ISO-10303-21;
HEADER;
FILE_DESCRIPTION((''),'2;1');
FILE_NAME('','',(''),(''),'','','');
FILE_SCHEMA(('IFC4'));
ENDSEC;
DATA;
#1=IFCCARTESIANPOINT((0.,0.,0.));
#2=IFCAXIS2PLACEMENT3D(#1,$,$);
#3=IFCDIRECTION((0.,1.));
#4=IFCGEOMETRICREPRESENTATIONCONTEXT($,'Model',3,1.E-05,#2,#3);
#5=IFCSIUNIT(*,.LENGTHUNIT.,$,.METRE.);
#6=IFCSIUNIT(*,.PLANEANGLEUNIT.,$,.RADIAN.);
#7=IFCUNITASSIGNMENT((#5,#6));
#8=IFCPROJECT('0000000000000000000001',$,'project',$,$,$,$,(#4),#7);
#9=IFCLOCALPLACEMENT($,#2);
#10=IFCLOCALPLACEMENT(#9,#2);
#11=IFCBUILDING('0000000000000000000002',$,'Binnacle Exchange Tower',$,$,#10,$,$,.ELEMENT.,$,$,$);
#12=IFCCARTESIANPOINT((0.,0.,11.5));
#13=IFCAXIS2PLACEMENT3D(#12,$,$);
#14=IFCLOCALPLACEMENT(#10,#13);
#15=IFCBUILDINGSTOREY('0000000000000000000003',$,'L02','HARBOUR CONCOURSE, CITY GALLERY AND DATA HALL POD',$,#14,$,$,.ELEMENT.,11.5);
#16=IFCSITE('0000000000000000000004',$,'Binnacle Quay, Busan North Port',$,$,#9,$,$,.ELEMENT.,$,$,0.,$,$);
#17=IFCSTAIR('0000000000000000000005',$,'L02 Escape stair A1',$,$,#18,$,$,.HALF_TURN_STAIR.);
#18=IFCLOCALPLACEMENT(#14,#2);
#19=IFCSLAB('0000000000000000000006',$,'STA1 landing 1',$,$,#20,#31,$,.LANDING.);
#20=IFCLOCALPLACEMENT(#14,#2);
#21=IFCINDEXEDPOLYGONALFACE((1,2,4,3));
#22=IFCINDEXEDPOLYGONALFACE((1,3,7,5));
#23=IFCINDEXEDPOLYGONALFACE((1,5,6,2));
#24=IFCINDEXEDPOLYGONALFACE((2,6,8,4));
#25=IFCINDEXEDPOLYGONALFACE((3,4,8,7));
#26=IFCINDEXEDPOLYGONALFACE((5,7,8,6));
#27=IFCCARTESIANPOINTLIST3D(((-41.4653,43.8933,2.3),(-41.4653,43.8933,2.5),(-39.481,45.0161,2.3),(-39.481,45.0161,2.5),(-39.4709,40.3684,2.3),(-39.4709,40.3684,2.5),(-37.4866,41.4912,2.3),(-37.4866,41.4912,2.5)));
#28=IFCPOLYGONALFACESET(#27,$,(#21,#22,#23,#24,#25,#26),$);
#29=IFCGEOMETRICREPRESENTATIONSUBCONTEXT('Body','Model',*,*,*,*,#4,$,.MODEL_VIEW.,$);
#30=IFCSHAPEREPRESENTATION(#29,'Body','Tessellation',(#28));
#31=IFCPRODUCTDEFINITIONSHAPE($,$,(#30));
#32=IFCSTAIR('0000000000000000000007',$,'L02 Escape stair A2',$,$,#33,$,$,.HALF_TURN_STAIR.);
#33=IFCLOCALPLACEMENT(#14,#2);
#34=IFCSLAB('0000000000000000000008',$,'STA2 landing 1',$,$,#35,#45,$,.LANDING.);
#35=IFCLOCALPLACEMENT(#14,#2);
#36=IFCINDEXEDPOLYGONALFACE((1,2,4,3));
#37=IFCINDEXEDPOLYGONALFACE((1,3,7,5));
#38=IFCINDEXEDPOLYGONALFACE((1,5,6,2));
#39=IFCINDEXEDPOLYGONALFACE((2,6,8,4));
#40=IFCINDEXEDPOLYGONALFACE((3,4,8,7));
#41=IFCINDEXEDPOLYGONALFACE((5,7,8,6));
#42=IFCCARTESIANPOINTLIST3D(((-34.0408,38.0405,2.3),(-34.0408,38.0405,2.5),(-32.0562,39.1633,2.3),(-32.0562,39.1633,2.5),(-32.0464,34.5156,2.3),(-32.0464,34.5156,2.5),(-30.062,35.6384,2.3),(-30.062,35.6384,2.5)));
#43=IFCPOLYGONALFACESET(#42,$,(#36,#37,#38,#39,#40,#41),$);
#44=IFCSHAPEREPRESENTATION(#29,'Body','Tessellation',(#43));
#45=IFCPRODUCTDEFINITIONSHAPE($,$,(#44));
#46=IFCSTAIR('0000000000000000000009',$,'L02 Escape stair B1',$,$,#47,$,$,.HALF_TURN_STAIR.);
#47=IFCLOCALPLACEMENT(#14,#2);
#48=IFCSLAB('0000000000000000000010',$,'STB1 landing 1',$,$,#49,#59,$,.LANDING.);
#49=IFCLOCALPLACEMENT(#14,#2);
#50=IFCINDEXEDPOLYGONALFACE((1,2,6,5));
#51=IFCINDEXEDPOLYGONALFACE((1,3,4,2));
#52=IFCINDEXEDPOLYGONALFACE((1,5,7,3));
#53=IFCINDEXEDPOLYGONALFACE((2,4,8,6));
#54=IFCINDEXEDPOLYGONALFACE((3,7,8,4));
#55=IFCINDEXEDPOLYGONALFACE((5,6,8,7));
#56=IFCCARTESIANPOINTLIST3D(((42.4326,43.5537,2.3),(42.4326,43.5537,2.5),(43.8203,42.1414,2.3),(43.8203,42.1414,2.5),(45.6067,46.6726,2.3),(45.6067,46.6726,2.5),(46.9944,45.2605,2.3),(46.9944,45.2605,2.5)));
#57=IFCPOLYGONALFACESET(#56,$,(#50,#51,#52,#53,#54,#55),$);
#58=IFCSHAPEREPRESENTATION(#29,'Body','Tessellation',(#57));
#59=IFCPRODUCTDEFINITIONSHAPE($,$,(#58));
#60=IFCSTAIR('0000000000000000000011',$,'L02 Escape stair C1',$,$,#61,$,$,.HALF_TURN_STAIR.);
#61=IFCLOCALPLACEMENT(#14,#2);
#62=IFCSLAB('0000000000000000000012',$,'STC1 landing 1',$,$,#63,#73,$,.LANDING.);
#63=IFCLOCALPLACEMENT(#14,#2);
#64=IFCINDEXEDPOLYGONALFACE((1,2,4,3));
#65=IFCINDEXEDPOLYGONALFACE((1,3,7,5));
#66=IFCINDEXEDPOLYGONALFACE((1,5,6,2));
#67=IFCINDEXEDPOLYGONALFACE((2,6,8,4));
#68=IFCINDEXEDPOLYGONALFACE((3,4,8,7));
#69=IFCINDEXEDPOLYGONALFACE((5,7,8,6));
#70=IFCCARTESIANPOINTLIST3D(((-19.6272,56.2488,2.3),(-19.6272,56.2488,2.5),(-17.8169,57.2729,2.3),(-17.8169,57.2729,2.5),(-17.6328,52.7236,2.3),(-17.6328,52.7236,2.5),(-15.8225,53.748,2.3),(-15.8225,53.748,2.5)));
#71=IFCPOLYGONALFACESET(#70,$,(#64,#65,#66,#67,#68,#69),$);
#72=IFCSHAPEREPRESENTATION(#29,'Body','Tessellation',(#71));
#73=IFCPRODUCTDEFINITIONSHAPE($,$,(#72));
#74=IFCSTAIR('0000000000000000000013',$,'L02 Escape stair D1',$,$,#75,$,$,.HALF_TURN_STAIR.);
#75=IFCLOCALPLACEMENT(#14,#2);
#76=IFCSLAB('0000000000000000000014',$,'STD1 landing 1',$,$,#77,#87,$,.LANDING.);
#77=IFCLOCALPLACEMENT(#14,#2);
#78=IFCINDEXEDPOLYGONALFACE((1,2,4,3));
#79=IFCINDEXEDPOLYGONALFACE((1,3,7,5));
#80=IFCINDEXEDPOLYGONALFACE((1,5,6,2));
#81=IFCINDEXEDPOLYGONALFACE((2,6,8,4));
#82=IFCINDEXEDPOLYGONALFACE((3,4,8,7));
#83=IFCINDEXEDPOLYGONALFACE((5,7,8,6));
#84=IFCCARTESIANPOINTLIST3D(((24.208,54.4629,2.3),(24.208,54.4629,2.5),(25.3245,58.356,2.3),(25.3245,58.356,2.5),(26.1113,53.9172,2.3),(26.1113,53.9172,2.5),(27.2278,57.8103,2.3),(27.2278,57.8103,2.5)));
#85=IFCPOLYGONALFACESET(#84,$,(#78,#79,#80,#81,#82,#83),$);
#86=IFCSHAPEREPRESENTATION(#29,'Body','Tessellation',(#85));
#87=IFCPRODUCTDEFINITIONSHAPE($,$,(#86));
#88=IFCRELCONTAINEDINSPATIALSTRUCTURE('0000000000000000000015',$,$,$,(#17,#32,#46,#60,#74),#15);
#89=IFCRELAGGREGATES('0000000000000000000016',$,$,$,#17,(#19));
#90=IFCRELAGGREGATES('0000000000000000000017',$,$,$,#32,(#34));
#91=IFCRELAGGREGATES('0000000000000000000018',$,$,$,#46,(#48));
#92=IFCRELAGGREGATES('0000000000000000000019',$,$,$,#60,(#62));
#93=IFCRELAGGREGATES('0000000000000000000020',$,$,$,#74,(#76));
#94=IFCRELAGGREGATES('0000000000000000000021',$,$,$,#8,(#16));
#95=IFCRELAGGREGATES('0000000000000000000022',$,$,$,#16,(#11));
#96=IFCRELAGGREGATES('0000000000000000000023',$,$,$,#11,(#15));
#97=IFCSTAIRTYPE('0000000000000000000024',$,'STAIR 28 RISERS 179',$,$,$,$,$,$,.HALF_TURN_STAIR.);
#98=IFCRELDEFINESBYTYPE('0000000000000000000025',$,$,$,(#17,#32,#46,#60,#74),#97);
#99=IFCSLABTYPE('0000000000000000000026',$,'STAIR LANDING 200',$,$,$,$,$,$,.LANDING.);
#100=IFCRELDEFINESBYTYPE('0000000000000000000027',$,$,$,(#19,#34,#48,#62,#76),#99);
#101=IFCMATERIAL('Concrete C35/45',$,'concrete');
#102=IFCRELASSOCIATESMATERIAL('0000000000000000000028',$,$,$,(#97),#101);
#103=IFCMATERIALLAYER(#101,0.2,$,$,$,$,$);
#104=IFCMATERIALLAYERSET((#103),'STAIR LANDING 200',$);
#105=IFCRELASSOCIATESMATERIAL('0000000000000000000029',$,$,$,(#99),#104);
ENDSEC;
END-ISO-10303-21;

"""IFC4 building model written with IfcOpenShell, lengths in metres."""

from ifc_helpers import new_model, si_unit, direction, frame, origin, place, context, subcontext, project, spatial, polyline, outline, extrude, material, layer, layer_set, type_object, element, aggregate, save


model = new_model("IFC4")

# Units and contexts
model_context = context("Model", 3, precision=1e-05, world=origin(), true_north=direction((0.0, 1.0)))
body_context = subcontext(model_context, "Body", "Model", "MODEL_VIEW")
ifc_project = project(units=[si_unit("LENGTHUNIT", "METRE"), si_unit("PLANEANGLEUNIT", "RADIAN")], contexts=[model_context])

# Site, building, storey
site_placement = place(None, origin())
site = spatial("IfcSite", under=ifc_project, at=site_placement, Name="Binnacle Quay, Busan North Port", CompositionType="ELEMENT", RefElevation=0.0)
building_placement = place(site_placement, origin())
building = spatial("IfcBuilding", under=site, at=building_placement, Name="Binnacle Exchange Tower", CompositionType="ELEMENT")
storey_placement = place(building_placement, frame((0.0, 0.0, 11.5)))
storey = spatial("IfcBuildingStorey", under=building, at=storey_placement, Name="L02", Description="HARBOUR CONCOURSE, CITY GALLERY AND DATA HALL POD", CompositionType="ELEMENT", Elevation=11.5)

# Shared definitions
ifc_material_1 = material(Name="Concrete C35/45", Category="concrete")

# Stairs, slabs
stair_type = type_object("IfcStairType", Name="STAIR 28 RISERS 179", PredefinedType="HALF_TURN_STAIR", material=ifc_material_1)
stair_1_placement = place(storey_placement, origin())
stair_1 = element("IfcStair", 1, at=stair_1_placement, inside=storey, type_object=stair_type, Name="L02 Escape stair A1", PredefinedType="HALF_TURN_STAIR")
ifc_layer_1 = layer(ifc_material_1, 0.2)
ifc_layer_set_1 = layer_set([ifc_layer_1], Name="STAIR LANDING 200")
slab_type_1 = type_object("IfcSlabType", Name="STAIR LANDING 200", PredefinedType="LANDING", material=ifc_layer_set_1)
slab_1_placement = place(storey_placement, frame((0.0, 0.0, 2.3)))
slab_1 = element("IfcSlab", 2, at=slab_1_placement, type_object=slab_type_1, Name="STA1 landing 1", PredefinedType="LANDING", context=body_context, shape_type="SweptSolid", body=[
    extrude(outline(polyline([(-39.4709, 40.3684), (-37.4866, 41.4912), (-39.481, 45.0161), (-41.4653, 43.8933), (-39.4709, 40.3684)])), origin(), (0.0, 0.0, 1.0), 0.2),
])
aggregate(stair_1, [slab_1])
stair_2_placement = place(storey_placement, origin())
stair_2 = element("IfcStair", 3, at=stair_2_placement, inside=storey, type_object=stair_type, Name="L02 Escape stair A2", PredefinedType="HALF_TURN_STAIR")
slab_2_placement = place(storey_placement, frame((0.0, 0.0, 2.3)))
slab_2 = element("IfcSlab", 4, at=slab_2_placement, type_object=slab_type_1, Name="STA2 landing 1", PredefinedType="LANDING", context=body_context, shape_type="SweptSolid", body=[
    extrude(outline(polyline([(-32.0562, 39.1633), (-34.0408, 38.0405), (-32.0464, 34.5156), (-30.062, 35.6384), (-32.0562, 39.1633)])), origin(), (0.0, 0.0, 1.0), 0.2),
])
aggregate(stair_2, [slab_2])
stair_3_placement = place(storey_placement, origin())
stair_3 = element("IfcStair", 5, at=stair_3_placement, inside=storey, type_object=stair_type, Name="L02 Escape stair B1", PredefinedType="HALF_TURN_STAIR")
slab_3_placement = place(storey_placement, frame((0.0, 0.0, 2.3)))
slab_3 = element("IfcSlab", 6, at=slab_3_placement, type_object=slab_type_1, Name="STB1 landing 1", PredefinedType="LANDING", context=body_context, shape_type="SweptSolid", body=[
    extrude(outline(polyline([(42.4326, 43.5537), (43.8203, 42.1414), (46.9944, 45.2605), (45.6067, 46.6726), (42.4326, 43.5537)])), origin(), (0.0, 0.0, 1.0), 0.2),
])
aggregate(stair_3, [slab_3])
stair_4_placement = place(storey_placement, origin())
stair_4 = element("IfcStair", 7, at=stair_4_placement, inside=storey, type_object=stair_type, Name="L02 Escape stair C1", PredefinedType="HALF_TURN_STAIR")
slab_4_placement = place(storey_placement, frame((0.0, 0.0, 2.3)))
slab_4 = element("IfcSlab", 8, at=slab_4_placement, type_object=slab_type_1, Name="STC1 landing 1", PredefinedType="LANDING", context=body_context, shape_type="SweptSolid", body=[
    extrude(outline(polyline([(-17.6328, 52.7236), (-15.8225, 53.748), (-17.8169, 57.2729), (-19.6272, 56.2488), (-17.6328, 52.7236)])), origin(), (0.0, 0.0, 1.0), 0.2),
])
aggregate(stair_4, [slab_4])
stair_5_placement = place(storey_placement, origin())
stair_5 = element("IfcStair", 9, at=stair_5_placement, inside=storey, type_object=stair_type, Name="L02 Escape stair D1", PredefinedType="HALF_TURN_STAIR")
slab_5_placement = place(storey_placement, frame((0.0, 0.0, 2.3)))
slab_5 = element("IfcSlab", 10, at=slab_5_placement, type_object=slab_type_1, Name="STD1 landing 1", PredefinedType="LANDING", context=body_context, shape_type="SweptSolid", body=[
    extrude(outline(polyline([(24.208, 54.4629), (26.1113, 53.9172), (27.2278, 57.8103), (25.3245, 58.356), (24.208, 54.4629)])), origin(), (0.0, 0.0, 1.0), 0.2),
])
aggregate(stair_5, [slab_5])

save(model, "model.ifc")
